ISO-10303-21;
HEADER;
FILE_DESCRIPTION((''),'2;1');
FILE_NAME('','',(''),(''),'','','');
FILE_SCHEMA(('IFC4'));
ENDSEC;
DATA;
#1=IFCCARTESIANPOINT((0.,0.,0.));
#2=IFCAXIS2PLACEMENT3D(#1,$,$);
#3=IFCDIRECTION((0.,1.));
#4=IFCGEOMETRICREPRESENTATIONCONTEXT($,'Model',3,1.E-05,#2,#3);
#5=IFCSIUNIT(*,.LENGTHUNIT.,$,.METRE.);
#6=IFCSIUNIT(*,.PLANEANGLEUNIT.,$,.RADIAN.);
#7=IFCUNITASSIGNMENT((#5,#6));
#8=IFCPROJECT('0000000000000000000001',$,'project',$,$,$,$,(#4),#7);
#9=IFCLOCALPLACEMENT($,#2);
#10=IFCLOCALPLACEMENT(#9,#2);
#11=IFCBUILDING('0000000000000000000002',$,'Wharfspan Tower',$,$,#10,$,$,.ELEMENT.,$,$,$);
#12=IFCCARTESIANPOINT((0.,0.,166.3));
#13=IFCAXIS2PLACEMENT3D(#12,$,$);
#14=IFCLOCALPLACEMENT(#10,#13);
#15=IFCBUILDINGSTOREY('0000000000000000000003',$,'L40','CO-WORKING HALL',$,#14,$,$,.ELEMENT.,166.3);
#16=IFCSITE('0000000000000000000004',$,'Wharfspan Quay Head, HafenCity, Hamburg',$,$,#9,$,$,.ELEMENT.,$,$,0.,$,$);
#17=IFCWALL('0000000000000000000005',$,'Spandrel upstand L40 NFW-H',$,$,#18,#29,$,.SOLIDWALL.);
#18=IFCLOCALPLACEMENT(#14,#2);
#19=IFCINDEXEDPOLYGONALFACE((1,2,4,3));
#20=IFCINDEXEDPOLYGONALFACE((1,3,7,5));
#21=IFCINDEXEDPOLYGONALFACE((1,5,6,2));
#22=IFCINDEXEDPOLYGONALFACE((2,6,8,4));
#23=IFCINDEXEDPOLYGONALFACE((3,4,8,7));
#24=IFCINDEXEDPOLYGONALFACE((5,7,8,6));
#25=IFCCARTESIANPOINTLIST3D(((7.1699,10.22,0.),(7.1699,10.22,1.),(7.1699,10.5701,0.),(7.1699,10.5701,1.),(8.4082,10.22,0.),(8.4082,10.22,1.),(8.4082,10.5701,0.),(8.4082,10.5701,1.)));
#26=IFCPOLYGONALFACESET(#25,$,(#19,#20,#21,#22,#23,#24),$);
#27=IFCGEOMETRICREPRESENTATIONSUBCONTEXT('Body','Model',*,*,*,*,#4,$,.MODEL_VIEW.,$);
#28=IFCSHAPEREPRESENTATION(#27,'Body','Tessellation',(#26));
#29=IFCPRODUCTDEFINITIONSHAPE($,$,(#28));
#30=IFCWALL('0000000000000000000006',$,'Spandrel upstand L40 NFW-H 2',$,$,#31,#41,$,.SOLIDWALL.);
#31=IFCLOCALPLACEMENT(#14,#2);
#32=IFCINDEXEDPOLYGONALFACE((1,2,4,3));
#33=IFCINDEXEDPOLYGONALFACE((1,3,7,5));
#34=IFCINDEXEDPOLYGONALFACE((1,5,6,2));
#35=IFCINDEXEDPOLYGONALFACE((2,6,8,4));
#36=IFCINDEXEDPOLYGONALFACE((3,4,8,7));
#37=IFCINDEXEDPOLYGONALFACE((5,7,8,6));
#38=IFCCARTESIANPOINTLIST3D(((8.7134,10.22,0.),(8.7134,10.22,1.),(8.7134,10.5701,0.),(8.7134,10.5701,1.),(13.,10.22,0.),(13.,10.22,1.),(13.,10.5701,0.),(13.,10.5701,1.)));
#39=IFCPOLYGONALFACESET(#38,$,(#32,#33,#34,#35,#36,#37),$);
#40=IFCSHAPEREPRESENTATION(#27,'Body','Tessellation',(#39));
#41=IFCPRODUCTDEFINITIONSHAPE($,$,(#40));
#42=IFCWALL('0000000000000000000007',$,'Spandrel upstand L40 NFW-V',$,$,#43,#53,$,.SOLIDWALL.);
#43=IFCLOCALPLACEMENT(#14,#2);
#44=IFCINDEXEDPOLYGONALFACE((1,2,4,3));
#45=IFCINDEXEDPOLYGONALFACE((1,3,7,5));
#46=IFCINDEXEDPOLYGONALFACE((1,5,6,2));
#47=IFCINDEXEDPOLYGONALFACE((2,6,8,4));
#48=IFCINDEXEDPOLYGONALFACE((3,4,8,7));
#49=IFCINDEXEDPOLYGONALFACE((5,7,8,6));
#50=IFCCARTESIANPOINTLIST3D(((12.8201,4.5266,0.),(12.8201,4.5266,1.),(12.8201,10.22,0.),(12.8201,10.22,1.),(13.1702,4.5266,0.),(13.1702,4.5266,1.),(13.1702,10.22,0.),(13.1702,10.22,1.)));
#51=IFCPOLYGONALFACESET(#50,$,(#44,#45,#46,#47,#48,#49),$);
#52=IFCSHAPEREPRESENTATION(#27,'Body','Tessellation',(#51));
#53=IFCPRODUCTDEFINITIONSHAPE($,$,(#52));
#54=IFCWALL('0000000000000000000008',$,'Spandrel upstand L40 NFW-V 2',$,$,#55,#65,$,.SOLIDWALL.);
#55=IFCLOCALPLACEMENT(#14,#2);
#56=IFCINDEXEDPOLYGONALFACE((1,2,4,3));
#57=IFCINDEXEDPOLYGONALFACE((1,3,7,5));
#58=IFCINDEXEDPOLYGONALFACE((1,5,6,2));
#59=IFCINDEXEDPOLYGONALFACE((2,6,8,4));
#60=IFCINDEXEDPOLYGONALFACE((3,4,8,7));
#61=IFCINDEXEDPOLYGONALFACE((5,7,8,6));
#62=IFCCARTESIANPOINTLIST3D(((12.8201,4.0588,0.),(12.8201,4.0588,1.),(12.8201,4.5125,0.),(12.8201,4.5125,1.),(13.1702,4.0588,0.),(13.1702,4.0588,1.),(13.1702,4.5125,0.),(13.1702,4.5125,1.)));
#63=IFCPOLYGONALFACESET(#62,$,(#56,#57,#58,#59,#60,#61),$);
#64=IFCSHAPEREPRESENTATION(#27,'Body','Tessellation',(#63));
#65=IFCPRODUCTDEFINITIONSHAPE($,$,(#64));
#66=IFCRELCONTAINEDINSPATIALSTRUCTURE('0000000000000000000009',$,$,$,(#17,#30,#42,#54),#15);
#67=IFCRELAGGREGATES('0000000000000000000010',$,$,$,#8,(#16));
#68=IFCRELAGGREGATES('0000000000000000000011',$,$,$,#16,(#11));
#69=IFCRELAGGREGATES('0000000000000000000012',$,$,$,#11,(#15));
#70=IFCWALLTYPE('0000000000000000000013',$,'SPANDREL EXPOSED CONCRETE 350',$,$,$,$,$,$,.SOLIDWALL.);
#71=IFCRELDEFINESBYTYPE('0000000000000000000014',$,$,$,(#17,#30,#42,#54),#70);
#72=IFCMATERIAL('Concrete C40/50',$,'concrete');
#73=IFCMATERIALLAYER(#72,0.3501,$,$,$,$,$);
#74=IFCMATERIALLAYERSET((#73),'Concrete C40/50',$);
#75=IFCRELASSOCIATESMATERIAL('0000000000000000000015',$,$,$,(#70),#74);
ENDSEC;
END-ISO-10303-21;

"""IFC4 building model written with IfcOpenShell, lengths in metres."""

from ifc_helpers import new_model, si_unit, direction, frame, frame_2d, origin, place, context, subcontext, project, spatial, rectangle, extrude, material, layer, layer_set, type_object, element, save


model = new_model("IFC4")

# Units and contexts
model_context = context("Model", 3, precision=1e-05, world=origin(), true_north=direction((0.0, 1.0)))
body_context = subcontext(model_context, "Body", "Model", "MODEL_VIEW")
ifc_project = project(units=[si_unit("LENGTHUNIT", "METRE"), si_unit("PLANEANGLEUNIT", "RADIAN")], contexts=[model_context])

# Site, building, storey
site_placement = place(None, origin())
site = spatial("IfcSite", under=ifc_project, at=site_placement, Name="Wharfspan Quay Head, HafenCity, Hamburg", CompositionType="ELEMENT", RefElevation=0.0)
building_placement = place(site_placement, origin())
building = spatial("IfcBuilding", under=site, at=building_placement, Name="Wharfspan Tower", CompositionType="ELEMENT")
storey_placement = place(building_placement, frame((0.0, 0.0, 166.3)))
storey = spatial("IfcBuildingStorey", under=building, at=storey_placement, Name="L40", Description="CO-WORKING HALL", CompositionType="ELEMENT", Elevation=166.3)

# Walls
ifc_material_1 = material(Name="Concrete C40/50", Category="concrete")
ifc_layer_1 = layer(ifc_material_1, 0.3501)
ifc_layer_set_1 = layer_set([ifc_layer_1], Name="Concrete C40/50")
wall_type_1 = type_object("IfcWallType", Name="SPANDREL EXPOSED CONCRETE 350", PredefinedType="SOLIDWALL", material=ifc_layer_set_1)
wall_1_placement = place(storey_placement, frame((7.1699, 10.395, 0.0), z_axis=(0.0, 0.0, 1.0), x_axis=(1.0, 0.0, 0.0)))
element("IfcWall", 1, at=wall_1_placement, inside=storey, type_object=wall_type_1, Name="Spandrel upstand L40 NFW-H", PredefinedType="SOLIDWALL", context=body_context, shape_type="SweptSolid", body=[
    extrude(rectangle(XDim=1.2383, YDim=0.3501, at=frame_2d((0.6191, 0.0))), origin(), (0.0, 0.0, 1.0), 1.0),
])
wall_2_placement = place(storey_placement, frame((8.7134, 10.395, 0.0), z_axis=(0.0, 0.0, 1.0), x_axis=(1.0, 0.0, 0.0)))
element("IfcWall", 2, at=wall_2_placement, inside=storey, type_object=wall_type_1, Name="Spandrel upstand L40 NFW-H 2", PredefinedType="SOLIDWALL", context=body_context, shape_type="SweptSolid", body=[
    extrude(rectangle(XDim=4.2866, YDim=0.3501, at=frame_2d((2.1433, 0.0))), origin(), (0.0, 0.0, 1.0), 1.0),
])
wall_3_placement = place(storey_placement, frame((12.9951, 10.22, 0.0), z_axis=(0.0, 0.0, 1.0), x_axis=(0.0, -1.0, 0.0)))
element("IfcWall", 3, at=wall_3_placement, inside=storey, type_object=wall_type_1, Name="Spandrel upstand L40 NFW-V", PredefinedType="SOLIDWALL", context=body_context, shape_type="SweptSolid", body=[
    extrude(rectangle(XDim=5.6934, YDim=0.3501, at=frame_2d((2.8467, 0.0))), origin(), (0.0, 0.0, 1.0), 1.0),
])
wall_4_placement = place(storey_placement, frame((12.9951, 4.5125, 0.0), z_axis=(0.0, 0.0, 1.0), x_axis=(0.0, -1.0, 0.0)))
element("IfcWall", 4, at=wall_4_placement, inside=storey, type_object=wall_type_1, Name="Spandrel upstand L40 NFW-V 2", PredefinedType="SOLIDWALL", context=body_context, shape_type="SweptSolid", body=[
    extrude(rectangle(XDim=0.4536, YDim=0.3501, at=frame_2d((0.2268, 0.0))), origin(), (0.0, 0.0, 1.0), 1.0),
])

save(model, "model.ifc")
